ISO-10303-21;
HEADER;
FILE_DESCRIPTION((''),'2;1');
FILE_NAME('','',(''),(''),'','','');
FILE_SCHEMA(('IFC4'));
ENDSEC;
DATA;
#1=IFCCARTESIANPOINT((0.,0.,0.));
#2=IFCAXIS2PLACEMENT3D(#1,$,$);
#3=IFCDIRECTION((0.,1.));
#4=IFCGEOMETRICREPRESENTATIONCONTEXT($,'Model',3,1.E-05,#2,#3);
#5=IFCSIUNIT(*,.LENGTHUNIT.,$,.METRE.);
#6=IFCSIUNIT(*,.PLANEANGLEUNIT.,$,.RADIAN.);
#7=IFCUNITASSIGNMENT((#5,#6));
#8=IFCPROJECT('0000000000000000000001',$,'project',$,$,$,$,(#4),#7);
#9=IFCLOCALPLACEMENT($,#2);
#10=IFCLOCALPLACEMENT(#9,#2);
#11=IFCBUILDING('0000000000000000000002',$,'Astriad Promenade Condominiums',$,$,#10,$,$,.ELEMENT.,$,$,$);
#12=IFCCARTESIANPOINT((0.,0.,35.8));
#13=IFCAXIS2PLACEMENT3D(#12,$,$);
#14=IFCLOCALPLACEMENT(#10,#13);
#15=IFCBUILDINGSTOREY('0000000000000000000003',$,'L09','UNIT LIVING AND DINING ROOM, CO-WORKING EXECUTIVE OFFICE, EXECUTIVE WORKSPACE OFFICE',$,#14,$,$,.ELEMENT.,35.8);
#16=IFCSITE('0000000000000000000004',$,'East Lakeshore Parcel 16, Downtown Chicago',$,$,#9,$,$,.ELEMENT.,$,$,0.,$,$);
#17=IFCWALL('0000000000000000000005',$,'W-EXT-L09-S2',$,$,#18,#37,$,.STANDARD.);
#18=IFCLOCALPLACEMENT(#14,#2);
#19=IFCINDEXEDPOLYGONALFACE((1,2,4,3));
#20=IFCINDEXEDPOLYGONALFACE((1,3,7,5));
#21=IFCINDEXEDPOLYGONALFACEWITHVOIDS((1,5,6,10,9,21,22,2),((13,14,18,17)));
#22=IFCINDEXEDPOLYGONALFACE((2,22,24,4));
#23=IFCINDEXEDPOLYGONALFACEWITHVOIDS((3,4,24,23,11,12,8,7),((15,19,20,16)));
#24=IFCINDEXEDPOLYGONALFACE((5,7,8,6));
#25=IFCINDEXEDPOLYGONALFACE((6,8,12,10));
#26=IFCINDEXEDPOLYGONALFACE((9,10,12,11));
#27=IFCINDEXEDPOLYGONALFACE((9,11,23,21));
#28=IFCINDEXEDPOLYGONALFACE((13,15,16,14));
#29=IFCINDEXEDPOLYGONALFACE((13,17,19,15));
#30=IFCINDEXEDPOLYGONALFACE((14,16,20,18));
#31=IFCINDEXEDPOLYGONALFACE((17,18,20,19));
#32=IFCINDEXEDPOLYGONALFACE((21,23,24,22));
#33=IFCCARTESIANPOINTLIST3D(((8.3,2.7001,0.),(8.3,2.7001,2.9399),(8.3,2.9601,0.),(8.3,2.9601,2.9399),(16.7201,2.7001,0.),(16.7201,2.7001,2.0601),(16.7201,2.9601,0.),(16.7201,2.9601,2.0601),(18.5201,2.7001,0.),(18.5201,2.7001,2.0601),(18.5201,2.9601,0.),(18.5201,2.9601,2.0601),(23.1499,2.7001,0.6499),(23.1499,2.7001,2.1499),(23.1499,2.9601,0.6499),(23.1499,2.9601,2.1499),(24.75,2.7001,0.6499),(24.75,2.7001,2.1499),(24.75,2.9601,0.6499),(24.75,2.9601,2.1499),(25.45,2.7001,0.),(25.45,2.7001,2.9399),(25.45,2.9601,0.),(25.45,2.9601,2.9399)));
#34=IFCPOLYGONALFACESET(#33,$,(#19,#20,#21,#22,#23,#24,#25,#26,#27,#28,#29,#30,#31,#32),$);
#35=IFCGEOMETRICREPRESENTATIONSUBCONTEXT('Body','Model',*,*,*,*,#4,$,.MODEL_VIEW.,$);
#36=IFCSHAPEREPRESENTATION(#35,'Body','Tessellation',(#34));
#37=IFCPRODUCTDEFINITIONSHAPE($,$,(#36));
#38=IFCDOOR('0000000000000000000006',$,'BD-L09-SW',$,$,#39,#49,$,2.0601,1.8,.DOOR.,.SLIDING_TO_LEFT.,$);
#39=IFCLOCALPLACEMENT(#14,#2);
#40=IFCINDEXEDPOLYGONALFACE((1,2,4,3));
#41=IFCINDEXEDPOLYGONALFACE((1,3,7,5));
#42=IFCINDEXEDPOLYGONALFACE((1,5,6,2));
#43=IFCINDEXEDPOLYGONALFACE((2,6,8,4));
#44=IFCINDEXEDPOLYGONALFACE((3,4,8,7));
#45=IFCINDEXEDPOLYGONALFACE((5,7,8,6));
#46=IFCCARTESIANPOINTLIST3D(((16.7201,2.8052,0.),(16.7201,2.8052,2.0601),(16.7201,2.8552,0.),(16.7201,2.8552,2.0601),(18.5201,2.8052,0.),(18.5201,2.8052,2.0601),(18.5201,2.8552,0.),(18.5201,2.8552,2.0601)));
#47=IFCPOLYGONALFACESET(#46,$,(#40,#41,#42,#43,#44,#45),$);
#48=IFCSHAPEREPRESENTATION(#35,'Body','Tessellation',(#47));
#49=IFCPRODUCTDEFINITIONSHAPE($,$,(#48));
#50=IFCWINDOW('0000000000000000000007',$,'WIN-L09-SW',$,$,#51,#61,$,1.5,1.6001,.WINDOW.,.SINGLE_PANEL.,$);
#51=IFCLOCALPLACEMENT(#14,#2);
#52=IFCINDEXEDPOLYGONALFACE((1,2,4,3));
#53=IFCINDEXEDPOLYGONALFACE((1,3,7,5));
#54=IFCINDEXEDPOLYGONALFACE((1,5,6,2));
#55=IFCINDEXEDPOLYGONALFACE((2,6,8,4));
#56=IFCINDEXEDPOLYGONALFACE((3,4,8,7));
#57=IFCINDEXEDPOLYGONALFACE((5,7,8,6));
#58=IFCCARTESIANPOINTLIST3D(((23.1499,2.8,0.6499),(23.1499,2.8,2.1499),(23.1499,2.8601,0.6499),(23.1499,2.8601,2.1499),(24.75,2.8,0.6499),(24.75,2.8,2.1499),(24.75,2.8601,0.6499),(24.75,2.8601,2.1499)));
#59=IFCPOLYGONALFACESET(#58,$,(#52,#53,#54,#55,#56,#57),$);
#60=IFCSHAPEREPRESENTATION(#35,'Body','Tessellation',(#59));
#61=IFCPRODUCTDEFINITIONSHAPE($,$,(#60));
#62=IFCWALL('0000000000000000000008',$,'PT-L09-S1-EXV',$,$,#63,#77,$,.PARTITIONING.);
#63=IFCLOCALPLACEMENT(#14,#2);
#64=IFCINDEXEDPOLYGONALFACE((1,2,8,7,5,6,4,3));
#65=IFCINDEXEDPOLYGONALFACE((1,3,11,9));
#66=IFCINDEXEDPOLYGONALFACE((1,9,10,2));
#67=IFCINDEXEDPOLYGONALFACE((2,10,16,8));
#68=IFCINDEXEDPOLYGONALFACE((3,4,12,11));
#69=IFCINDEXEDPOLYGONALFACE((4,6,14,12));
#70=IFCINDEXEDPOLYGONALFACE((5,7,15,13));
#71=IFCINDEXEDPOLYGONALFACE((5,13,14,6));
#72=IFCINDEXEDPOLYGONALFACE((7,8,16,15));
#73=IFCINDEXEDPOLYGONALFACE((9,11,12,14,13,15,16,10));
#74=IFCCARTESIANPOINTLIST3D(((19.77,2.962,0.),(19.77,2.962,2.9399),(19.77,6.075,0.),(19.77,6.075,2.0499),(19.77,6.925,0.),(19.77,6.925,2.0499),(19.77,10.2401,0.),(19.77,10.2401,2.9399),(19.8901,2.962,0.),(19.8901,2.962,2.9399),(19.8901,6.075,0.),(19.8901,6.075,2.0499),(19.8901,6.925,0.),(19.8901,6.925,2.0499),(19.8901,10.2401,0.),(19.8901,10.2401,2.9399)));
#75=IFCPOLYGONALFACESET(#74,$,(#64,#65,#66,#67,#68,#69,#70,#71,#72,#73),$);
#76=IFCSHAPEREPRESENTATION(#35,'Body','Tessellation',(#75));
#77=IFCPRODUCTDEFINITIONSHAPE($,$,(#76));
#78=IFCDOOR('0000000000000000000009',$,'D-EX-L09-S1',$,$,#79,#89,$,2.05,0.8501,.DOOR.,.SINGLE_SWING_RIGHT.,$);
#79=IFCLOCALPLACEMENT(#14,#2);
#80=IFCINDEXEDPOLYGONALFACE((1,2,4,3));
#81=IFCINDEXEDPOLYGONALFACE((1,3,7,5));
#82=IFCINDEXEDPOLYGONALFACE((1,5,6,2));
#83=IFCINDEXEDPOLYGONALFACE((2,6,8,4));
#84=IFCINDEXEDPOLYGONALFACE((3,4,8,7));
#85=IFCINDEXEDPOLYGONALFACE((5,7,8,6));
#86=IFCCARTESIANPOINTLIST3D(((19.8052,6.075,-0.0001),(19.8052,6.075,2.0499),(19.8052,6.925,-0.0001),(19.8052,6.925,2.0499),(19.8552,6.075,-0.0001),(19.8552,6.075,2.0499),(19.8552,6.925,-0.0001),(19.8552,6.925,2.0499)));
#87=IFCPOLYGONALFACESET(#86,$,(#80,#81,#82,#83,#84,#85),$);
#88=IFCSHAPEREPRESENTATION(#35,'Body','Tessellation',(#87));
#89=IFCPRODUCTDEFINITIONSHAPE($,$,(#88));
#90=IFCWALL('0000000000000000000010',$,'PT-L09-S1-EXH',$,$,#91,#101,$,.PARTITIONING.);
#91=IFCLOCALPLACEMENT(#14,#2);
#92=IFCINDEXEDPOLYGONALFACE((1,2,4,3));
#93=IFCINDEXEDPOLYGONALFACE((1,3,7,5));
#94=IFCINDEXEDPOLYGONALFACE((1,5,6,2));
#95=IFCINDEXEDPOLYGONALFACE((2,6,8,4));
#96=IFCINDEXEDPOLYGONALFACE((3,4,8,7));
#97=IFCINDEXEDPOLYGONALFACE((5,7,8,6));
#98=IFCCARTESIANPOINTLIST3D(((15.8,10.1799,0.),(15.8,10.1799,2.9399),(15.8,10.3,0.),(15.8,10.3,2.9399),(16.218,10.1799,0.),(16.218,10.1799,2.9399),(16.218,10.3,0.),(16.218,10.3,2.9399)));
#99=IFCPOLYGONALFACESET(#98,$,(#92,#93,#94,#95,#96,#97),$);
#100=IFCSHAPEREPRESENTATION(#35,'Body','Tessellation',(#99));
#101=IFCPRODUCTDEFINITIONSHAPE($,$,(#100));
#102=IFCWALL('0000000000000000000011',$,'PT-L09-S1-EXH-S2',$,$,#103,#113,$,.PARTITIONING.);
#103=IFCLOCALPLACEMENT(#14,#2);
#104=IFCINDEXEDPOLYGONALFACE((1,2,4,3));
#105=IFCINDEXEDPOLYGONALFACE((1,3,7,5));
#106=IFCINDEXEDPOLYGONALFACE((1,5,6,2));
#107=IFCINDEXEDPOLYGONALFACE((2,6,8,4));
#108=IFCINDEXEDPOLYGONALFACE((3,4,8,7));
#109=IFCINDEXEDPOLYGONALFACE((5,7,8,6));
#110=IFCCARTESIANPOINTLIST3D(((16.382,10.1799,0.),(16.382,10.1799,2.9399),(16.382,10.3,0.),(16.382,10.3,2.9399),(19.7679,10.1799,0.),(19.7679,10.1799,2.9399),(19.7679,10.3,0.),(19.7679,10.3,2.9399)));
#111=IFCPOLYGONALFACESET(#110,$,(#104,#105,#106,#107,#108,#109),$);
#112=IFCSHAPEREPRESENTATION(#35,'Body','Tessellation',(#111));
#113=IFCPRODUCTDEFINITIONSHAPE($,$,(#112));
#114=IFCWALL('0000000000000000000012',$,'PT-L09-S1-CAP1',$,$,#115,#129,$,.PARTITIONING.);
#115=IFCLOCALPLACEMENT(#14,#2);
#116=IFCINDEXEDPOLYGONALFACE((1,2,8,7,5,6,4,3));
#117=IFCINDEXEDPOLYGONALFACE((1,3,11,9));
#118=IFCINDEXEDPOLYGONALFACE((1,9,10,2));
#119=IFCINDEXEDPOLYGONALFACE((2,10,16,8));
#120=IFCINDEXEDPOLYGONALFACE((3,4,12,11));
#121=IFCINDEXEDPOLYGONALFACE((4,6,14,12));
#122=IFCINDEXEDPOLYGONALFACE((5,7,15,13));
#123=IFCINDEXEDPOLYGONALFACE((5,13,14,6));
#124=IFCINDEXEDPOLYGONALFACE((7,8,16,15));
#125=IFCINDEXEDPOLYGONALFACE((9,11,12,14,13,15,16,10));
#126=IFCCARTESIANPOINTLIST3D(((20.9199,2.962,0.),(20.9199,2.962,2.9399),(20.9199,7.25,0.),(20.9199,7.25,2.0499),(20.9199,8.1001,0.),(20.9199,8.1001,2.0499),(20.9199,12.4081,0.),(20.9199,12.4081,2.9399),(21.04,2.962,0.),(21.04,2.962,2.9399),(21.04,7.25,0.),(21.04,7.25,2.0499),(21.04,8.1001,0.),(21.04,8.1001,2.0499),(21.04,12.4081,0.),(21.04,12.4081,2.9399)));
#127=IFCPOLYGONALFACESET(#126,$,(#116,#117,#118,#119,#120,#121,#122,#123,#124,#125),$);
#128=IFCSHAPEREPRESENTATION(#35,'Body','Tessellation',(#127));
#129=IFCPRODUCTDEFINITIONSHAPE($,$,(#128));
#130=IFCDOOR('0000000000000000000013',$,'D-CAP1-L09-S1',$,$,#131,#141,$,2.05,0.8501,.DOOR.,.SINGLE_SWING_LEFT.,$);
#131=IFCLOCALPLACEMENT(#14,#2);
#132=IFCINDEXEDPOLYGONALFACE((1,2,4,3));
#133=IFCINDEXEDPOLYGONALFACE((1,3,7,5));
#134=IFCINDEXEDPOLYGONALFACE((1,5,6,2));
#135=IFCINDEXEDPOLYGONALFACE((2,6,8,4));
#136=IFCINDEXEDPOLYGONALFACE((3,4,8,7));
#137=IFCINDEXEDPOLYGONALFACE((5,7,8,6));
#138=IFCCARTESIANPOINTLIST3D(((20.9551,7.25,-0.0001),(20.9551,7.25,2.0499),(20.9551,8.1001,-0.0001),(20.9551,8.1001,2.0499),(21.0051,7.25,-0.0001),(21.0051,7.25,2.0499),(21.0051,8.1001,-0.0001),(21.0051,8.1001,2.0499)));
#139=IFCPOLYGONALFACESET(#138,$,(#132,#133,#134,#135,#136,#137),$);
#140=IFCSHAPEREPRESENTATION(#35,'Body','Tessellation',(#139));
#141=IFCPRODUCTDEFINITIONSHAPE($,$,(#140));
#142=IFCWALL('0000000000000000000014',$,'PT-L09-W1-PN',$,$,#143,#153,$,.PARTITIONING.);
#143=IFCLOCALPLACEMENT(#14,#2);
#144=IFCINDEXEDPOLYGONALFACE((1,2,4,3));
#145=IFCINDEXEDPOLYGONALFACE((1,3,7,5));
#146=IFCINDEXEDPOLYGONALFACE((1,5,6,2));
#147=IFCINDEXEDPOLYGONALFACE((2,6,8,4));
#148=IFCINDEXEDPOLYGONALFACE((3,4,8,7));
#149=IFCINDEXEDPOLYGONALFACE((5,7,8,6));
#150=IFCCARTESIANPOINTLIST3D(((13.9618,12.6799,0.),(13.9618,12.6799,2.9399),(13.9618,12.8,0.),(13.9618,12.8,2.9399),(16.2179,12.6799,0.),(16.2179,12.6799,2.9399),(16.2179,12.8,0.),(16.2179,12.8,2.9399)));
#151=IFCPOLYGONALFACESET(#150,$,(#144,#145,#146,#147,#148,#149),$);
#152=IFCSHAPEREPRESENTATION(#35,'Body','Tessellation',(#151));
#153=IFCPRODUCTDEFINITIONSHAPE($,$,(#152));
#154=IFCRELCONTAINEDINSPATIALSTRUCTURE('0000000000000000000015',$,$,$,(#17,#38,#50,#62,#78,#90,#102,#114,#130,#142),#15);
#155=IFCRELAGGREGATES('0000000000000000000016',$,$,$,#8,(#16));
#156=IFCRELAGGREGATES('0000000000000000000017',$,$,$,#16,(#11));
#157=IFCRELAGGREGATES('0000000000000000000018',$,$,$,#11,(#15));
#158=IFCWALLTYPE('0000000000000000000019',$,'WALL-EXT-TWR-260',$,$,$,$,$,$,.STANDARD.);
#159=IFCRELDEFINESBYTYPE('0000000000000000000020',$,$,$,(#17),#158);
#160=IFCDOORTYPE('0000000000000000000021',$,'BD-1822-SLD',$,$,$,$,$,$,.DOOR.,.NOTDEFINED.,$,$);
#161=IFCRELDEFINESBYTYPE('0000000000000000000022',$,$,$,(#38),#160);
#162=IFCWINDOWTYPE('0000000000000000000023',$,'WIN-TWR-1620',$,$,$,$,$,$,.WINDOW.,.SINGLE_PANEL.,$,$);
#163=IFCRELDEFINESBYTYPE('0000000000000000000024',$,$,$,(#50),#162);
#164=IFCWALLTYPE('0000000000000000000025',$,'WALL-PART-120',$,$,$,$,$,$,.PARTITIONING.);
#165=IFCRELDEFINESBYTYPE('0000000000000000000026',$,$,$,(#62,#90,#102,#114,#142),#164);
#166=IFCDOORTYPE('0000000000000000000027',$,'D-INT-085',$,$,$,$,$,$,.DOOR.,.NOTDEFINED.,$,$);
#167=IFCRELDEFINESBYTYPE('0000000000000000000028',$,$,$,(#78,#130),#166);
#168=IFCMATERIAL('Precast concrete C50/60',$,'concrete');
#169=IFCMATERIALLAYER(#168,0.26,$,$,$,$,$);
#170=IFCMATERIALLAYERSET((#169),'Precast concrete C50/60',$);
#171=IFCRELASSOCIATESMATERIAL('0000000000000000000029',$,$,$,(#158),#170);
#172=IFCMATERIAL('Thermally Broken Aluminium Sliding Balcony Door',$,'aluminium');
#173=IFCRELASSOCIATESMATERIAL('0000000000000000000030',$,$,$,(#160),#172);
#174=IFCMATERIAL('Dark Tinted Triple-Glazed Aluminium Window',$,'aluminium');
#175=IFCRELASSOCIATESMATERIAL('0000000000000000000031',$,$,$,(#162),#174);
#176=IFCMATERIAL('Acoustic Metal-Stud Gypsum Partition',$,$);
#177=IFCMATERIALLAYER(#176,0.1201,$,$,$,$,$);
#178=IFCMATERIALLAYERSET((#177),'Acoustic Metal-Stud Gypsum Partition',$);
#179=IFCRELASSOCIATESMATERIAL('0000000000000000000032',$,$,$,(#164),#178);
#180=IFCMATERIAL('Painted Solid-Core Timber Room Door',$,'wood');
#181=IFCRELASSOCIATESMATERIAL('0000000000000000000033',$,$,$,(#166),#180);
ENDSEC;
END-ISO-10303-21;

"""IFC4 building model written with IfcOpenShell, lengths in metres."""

from ifc_helpers import new_model, si_unit, direction, frame, frame_2d, origin, place, context, subcontext, project, spatial, rectangle, extrude, source, transform, mapped, material, layer, layer_set, type_object, type_shapes, element, fill, save


model = new_model("IFC4")

# Units and contexts
model_context = context("Model", 3, precision=1e-05, world=origin(), true_north=direction((0.0, 1.0)))
body_context = subcontext(model_context, "Body", "Model", "MODEL_VIEW")
ifc_project = project(units=[si_unit("LENGTHUNIT", "METRE"), si_unit("PLANEANGLEUNIT", "RADIAN")], contexts=[model_context])

# Site, building, storey
site_placement = place(None, origin())
site = spatial("IfcSite", under=ifc_project, at=site_placement, Name="East Lakeshore Parcel 16, Downtown Chicago", CompositionType="ELEMENT", RefElevation=0.0)
building_placement = place(site_placement, origin())
building = spatial("IfcBuilding", under=site, at=building_placement, Name="Astriad Promenade Condominiums", CompositionType="ELEMENT")
storey_placement = place(building_placement, frame((0.0, 0.0, 35.8)))
storey = spatial("IfcBuildingStorey", under=building, at=storey_placement, Name="L09", Description="UNIT LIVING AND DINING ROOM, CO-WORKING EXECUTIVE OFFICE, EXECUTIVE WORKSPACE OFFICE", CompositionType="ELEMENT", Elevation=35.8)

# Wall, openings, door, window
ifc_material_1 = material(Name="Precast concrete C50/60", Category="concrete")
ifc_layer_1 = layer(ifc_material_1, 0.26)
ifc_layer_set_1 = layer_set([ifc_layer_1], Name="Precast concrete C50/60")
wall_type_1 = type_object("IfcWallType", Name="WALL-EXT-TWR-260", PredefinedType="STANDARD", material=ifc_layer_set_1)
wall_1_placement = place(storey_placement, frame((25.45, 2.8301, 0.0), z_axis=(0.0, 0.0, 1.0), x_axis=(-1.0, 0.0, 0.0)))
wall_1 = element("IfcWall", 1, at=wall_1_placement, inside=storey, type_object=wall_type_1, Name="W-EXT-L09-S2", PredefinedType="STANDARD", context=body_context, shape_type="SweptSolid", body=[
    extrude(rectangle(XDim=17.1499, YDim=0.26, at=frame_2d((8.575, 0.0))), origin(), (0.0, 0.0, 1.0), 2.9399),
])
opening_1_placement = place(wall_1_placement, frame((6.9299, 0.0, 0.0)))
opening_1 = element("IfcOpeningElement", 2, at=opening_1_placement, cuts=wall_1, PredefinedType="OPENING", context=body_context, shape_type="SweptSolid", body=[
    extrude(rectangle(XDim=1.8, YDim=2.0601, at=frame_2d((0.8999, 1.03))), frame((0.0, 0.1399, 0.0), z_axis=(0.0, -1.0, 0.0), x_axis=(1.0, 0.0, 0.0)), (0.0, 0.0, 1.0), 0.28),
])
opening_2_placement = place(wall_1_placement, frame((0.7, 0.0, 0.6499)))
opening_2 = element("IfcOpeningElement", 3, at=opening_2_placement, cuts=wall_1, PredefinedType="OPENING", context=body_context, shape_type="SweptSolid", body=[
    extrude(rectangle(XDim=1.6001, YDim=1.5, at=frame_2d((0.8, 0.75))), frame((0.0, 0.1399, 0.0), z_axis=(0.0, -1.0, 0.0), x_axis=(1.0, 0.0, 0.0)), (0.0, 0.0, 1.0), 0.28),
])
ifc_material_2 = material(Name="Thermally Broken Aluminium Sliding Balcony Door", Category="aluminium")
door_type_1 = type_object("IfcDoorType", Name="BD-1822-SLD", OperationType="NOTDEFINED", PredefinedType="DOOR", material=ifc_material_2)
shared_shape_1 = source(origin(), body_context, "Body", "SweptSolid", [
    extrude(rectangle(XDim=1.8, YDim=2.0601, at=frame_2d((0.8999, 1.03))), frame((0.0, 0.0249, 0.0), z_axis=(0.0, -1.0, 0.0), x_axis=(1.0, 0.0, 0.0)), (0.0, 0.0, 1.0), 0.05),
])
type_shapes(door_type_1, [shared_shape_1])
door_1_placement = place(opening_1_placement, origin())
door_1 = element("IfcDoor", 4, at=door_1_placement, inside=storey, type_object=door_type_1, Name="BD-L09-SW", OperationType="SLIDING_TO_LEFT", OverallHeight=2.0601, OverallWidth=1.8, PredefinedType="DOOR", context=body_context, shape_type="MappedRepresentation", body=[
    mapped(shared_shape_1, transform((0.0, 0.0, 0.0), scale=1.0)),
])
fill(opening_1, door_1)
ifc_material_3 = material(Name="Dark Tinted Triple-Glazed Aluminium Window", Category="aluminium")
window_type = type_object("IfcWindowType", Name="WIN-TWR-1620", PartitioningType="SINGLE_PANEL", PredefinedType="WINDOW", material=ifc_material_3)
shared_shape_2 = source(origin(), body_context, "Body", "SweptSolid", [
    extrude(rectangle(XDim=1.6001, YDim=1.5, at=frame_2d((0.8, 0.75))), frame((0.0, 0.03, 0.0), z_axis=(0.0, -1.0, 0.0), x_axis=(1.0, 0.0, 0.0)), (0.0, 0.0, 1.0), 0.0601),
])
type_shapes(window_type, [shared_shape_2])
window_placement = place(opening_2_placement, origin())
window = element("IfcWindow", 5, at=window_placement, inside=storey, type_object=window_type, Name="WIN-L09-SW", OverallHeight=1.5, OverallWidth=1.6001, PartitioningType="SINGLE_PANEL", PredefinedType="WINDOW", context=body_context, shape_type="MappedRepresentation", body=[
    mapped(shared_shape_2, transform((0.0, 0.0, 0.0), scale=1.0)),
])
fill(opening_2, window)

# Wall, opening, door
ifc_material_4 = material(Name="Acoustic Metal-Stud Gypsum Partition")
ifc_layer_2 = layer(ifc_material_4, 0.1201)
ifc_layer_set_2 = layer_set([ifc_layer_2], Name="Acoustic Metal-Stud Gypsum Partition")
wall_type_2 = type_object("IfcWallType", Name="WALL-PART-120", PredefinedType="PARTITIONING", material=ifc_layer_set_2)
wall_2_placement = place(storey_placement, frame((19.8301, 2.9619, 0.0), z_axis=(0.0, 0.0, 1.0), x_axis=(0.0, 1.0, 0.0)))
wall_2 = element("IfcWall", 6, at=wall_2_placement, inside=storey, type_object=wall_type_2, Name="PT-L09-S1-EXV", PredefinedType="PARTITIONING", context=body_context, shape_type="SweptSolid", body=[
    extrude(rectangle(XDim=7.2781, YDim=0.1201, at=frame_2d((3.6392, 0.0))), origin(), (0.0, 0.0, 1.0), 2.9399),
])
opening_3_placement = place(wall_2_placement, frame((3.113, 0.0, 0.0)))
opening_3 = element("IfcOpeningElement", 7, at=opening_3_placement, cuts=wall_2, PredefinedType="OPENING", context=body_context, shape_type="SweptSolid", body=[
    extrude(rectangle(XDim=0.8501, YDim=2.05, at=frame_2d((0.425, 1.0249))), frame((0.0, 0.0701, 0.0), z_axis=(0.0, -1.0, 0.0), x_axis=(1.0, 0.0, 0.0)), (0.0, 0.0, 1.0), 0.1401),
])
ifc_material_5 = material(Name="Painted Solid-Core Timber Room Door", Category="wood")
door_type_2 = type_object("IfcDoorType", Name="D-INT-085", OperationType="NOTDEFINED", PredefinedType="DOOR", material=ifc_material_5)
shared_shape_3 = source(origin(), body_context, "Body", "SweptSolid", [
    extrude(rectangle(XDim=0.8501, YDim=2.05, at=frame_2d((0.425, 1.0249))), frame((0.0, 0.0249, 0.0), z_axis=(0.0, -1.0, 0.0), x_axis=(1.0, 0.0, 0.0)), (0.0, 0.0, 1.0), 0.05),
])
type_shapes(door_type_2, [shared_shape_3])
door_2_placement = place(opening_3_placement, origin())
door_2 = element("IfcDoor", 8, at=door_2_placement, inside=storey, type_object=door_type_2, Name="D-EX-L09-S1", OperationType="SINGLE_SWING_RIGHT", OverallHeight=2.05, OverallWidth=0.8501, PredefinedType="DOOR", context=body_context, shape_type="MappedRepresentation", body=[
    mapped(shared_shape_3, transform((0.0, 0.0, 0.0), scale=1.0)),
])
fill(opening_3, door_2)

# Walls
wall_3_placement = place(storey_placement, frame((15.8, 10.24, 0.0), z_axis=(0.0, 0.0, 1.0), x_axis=(1.0, 0.0, 0.0)))
element("IfcWall", 9, at=wall_3_placement, inside=storey, type_object=wall_type_2, Name="PT-L09-S1-EXH", PredefinedType="PARTITIONING", context=body_context, shape_type="SweptSolid", body=[
    extrude(rectangle(XDim=0.418, YDim=0.1201, at=frame_2d((0.209, 0.0))), origin(), (0.0, 0.0, 1.0), 2.9399),
])
wall_4_placement = place(storey_placement, frame((16.3821, 10.24, 0.0), z_axis=(0.0, 0.0, 1.0), x_axis=(1.0, 0.0, 0.0)))
element("IfcWall", 10, at=wall_4_placement, inside=storey, type_object=wall_type_2, Name="PT-L09-S1-EXH-S2", PredefinedType="PARTITIONING", context=body_context, shape_type="SweptSolid", body=[
    extrude(rectangle(XDim=3.386, YDim=0.1201, at=frame_2d((1.6929, 0.0))), origin(), (0.0, 0.0, 1.0), 2.9399),
])

# Wall, opening, door
wall_5_placement = place(storey_placement, frame((20.98, 2.9619, 0.0), z_axis=(0.0, 0.0, 1.0), x_axis=(0.0, 1.0, 0.0)))
wall_5 = element("IfcWall", 11, at=wall_5_placement, inside=storey, type_object=wall_type_2, Name="PT-L09-S1-CAP1", PredefinedType="PARTITIONING", context=body_context, shape_type="SweptSolid", body=[
    extrude(rectangle(XDim=9.446, YDim=0.1201, at=frame_2d((4.7231, 0.0))), origin(), (0.0, 0.0, 1.0), 2.9399),
])
opening_4_placement = place(wall_5_placement, frame((4.2881, 0.0, 0.0)))
opening_4 = element("IfcOpeningElement", 12, at=opening_4_placement, cuts=wall_5, PredefinedType="OPENING", context=body_context, shape_type="SweptSolid", body=[
    extrude(rectangle(XDim=0.8501, YDim=2.05, at=frame_2d((0.425, 1.0249))), frame((0.0, 0.0701, 0.0), z_axis=(0.0, -1.0, 0.0), x_axis=(1.0, 0.0, 0.0)), (0.0, 0.0, 1.0), 0.1401),
])
door_3_placement = place(opening_4_placement, origin())
door_3 = element("IfcDoor", 13, at=door_3_placement, inside=storey, type_object=door_type_2, Name="D-CAP1-L09-S1", OperationType="SINGLE_SWING_LEFT", OverallHeight=2.05, OverallWidth=0.8501, PredefinedType="DOOR", context=body_context, shape_type="MappedRepresentation", body=[
    mapped(shared_shape_3, transform((0.0, 0.0, 0.0), scale=1.0)),
])
fill(opening_4, door_3)

# Wall
wall_6_placement = place(storey_placement, frame((13.9619, 12.74, 0.0), z_axis=(0.0, 0.0, 1.0), x_axis=(1.0, 0.0, 0.0)))
element("IfcWall", 14, at=wall_6_placement, inside=storey, type_object=wall_type_2, Name="PT-L09-W1-PN", PredefinedType="PARTITIONING", context=body_context, shape_type="SweptSolid", body=[
    extrude(rectangle(XDim=2.2561, YDim=0.1201, at=frame_2d((1.1279, 0.0))), origin(), (0.0, 0.0, 1.0), 2.9399),
])

save(model, "model.ifc")
